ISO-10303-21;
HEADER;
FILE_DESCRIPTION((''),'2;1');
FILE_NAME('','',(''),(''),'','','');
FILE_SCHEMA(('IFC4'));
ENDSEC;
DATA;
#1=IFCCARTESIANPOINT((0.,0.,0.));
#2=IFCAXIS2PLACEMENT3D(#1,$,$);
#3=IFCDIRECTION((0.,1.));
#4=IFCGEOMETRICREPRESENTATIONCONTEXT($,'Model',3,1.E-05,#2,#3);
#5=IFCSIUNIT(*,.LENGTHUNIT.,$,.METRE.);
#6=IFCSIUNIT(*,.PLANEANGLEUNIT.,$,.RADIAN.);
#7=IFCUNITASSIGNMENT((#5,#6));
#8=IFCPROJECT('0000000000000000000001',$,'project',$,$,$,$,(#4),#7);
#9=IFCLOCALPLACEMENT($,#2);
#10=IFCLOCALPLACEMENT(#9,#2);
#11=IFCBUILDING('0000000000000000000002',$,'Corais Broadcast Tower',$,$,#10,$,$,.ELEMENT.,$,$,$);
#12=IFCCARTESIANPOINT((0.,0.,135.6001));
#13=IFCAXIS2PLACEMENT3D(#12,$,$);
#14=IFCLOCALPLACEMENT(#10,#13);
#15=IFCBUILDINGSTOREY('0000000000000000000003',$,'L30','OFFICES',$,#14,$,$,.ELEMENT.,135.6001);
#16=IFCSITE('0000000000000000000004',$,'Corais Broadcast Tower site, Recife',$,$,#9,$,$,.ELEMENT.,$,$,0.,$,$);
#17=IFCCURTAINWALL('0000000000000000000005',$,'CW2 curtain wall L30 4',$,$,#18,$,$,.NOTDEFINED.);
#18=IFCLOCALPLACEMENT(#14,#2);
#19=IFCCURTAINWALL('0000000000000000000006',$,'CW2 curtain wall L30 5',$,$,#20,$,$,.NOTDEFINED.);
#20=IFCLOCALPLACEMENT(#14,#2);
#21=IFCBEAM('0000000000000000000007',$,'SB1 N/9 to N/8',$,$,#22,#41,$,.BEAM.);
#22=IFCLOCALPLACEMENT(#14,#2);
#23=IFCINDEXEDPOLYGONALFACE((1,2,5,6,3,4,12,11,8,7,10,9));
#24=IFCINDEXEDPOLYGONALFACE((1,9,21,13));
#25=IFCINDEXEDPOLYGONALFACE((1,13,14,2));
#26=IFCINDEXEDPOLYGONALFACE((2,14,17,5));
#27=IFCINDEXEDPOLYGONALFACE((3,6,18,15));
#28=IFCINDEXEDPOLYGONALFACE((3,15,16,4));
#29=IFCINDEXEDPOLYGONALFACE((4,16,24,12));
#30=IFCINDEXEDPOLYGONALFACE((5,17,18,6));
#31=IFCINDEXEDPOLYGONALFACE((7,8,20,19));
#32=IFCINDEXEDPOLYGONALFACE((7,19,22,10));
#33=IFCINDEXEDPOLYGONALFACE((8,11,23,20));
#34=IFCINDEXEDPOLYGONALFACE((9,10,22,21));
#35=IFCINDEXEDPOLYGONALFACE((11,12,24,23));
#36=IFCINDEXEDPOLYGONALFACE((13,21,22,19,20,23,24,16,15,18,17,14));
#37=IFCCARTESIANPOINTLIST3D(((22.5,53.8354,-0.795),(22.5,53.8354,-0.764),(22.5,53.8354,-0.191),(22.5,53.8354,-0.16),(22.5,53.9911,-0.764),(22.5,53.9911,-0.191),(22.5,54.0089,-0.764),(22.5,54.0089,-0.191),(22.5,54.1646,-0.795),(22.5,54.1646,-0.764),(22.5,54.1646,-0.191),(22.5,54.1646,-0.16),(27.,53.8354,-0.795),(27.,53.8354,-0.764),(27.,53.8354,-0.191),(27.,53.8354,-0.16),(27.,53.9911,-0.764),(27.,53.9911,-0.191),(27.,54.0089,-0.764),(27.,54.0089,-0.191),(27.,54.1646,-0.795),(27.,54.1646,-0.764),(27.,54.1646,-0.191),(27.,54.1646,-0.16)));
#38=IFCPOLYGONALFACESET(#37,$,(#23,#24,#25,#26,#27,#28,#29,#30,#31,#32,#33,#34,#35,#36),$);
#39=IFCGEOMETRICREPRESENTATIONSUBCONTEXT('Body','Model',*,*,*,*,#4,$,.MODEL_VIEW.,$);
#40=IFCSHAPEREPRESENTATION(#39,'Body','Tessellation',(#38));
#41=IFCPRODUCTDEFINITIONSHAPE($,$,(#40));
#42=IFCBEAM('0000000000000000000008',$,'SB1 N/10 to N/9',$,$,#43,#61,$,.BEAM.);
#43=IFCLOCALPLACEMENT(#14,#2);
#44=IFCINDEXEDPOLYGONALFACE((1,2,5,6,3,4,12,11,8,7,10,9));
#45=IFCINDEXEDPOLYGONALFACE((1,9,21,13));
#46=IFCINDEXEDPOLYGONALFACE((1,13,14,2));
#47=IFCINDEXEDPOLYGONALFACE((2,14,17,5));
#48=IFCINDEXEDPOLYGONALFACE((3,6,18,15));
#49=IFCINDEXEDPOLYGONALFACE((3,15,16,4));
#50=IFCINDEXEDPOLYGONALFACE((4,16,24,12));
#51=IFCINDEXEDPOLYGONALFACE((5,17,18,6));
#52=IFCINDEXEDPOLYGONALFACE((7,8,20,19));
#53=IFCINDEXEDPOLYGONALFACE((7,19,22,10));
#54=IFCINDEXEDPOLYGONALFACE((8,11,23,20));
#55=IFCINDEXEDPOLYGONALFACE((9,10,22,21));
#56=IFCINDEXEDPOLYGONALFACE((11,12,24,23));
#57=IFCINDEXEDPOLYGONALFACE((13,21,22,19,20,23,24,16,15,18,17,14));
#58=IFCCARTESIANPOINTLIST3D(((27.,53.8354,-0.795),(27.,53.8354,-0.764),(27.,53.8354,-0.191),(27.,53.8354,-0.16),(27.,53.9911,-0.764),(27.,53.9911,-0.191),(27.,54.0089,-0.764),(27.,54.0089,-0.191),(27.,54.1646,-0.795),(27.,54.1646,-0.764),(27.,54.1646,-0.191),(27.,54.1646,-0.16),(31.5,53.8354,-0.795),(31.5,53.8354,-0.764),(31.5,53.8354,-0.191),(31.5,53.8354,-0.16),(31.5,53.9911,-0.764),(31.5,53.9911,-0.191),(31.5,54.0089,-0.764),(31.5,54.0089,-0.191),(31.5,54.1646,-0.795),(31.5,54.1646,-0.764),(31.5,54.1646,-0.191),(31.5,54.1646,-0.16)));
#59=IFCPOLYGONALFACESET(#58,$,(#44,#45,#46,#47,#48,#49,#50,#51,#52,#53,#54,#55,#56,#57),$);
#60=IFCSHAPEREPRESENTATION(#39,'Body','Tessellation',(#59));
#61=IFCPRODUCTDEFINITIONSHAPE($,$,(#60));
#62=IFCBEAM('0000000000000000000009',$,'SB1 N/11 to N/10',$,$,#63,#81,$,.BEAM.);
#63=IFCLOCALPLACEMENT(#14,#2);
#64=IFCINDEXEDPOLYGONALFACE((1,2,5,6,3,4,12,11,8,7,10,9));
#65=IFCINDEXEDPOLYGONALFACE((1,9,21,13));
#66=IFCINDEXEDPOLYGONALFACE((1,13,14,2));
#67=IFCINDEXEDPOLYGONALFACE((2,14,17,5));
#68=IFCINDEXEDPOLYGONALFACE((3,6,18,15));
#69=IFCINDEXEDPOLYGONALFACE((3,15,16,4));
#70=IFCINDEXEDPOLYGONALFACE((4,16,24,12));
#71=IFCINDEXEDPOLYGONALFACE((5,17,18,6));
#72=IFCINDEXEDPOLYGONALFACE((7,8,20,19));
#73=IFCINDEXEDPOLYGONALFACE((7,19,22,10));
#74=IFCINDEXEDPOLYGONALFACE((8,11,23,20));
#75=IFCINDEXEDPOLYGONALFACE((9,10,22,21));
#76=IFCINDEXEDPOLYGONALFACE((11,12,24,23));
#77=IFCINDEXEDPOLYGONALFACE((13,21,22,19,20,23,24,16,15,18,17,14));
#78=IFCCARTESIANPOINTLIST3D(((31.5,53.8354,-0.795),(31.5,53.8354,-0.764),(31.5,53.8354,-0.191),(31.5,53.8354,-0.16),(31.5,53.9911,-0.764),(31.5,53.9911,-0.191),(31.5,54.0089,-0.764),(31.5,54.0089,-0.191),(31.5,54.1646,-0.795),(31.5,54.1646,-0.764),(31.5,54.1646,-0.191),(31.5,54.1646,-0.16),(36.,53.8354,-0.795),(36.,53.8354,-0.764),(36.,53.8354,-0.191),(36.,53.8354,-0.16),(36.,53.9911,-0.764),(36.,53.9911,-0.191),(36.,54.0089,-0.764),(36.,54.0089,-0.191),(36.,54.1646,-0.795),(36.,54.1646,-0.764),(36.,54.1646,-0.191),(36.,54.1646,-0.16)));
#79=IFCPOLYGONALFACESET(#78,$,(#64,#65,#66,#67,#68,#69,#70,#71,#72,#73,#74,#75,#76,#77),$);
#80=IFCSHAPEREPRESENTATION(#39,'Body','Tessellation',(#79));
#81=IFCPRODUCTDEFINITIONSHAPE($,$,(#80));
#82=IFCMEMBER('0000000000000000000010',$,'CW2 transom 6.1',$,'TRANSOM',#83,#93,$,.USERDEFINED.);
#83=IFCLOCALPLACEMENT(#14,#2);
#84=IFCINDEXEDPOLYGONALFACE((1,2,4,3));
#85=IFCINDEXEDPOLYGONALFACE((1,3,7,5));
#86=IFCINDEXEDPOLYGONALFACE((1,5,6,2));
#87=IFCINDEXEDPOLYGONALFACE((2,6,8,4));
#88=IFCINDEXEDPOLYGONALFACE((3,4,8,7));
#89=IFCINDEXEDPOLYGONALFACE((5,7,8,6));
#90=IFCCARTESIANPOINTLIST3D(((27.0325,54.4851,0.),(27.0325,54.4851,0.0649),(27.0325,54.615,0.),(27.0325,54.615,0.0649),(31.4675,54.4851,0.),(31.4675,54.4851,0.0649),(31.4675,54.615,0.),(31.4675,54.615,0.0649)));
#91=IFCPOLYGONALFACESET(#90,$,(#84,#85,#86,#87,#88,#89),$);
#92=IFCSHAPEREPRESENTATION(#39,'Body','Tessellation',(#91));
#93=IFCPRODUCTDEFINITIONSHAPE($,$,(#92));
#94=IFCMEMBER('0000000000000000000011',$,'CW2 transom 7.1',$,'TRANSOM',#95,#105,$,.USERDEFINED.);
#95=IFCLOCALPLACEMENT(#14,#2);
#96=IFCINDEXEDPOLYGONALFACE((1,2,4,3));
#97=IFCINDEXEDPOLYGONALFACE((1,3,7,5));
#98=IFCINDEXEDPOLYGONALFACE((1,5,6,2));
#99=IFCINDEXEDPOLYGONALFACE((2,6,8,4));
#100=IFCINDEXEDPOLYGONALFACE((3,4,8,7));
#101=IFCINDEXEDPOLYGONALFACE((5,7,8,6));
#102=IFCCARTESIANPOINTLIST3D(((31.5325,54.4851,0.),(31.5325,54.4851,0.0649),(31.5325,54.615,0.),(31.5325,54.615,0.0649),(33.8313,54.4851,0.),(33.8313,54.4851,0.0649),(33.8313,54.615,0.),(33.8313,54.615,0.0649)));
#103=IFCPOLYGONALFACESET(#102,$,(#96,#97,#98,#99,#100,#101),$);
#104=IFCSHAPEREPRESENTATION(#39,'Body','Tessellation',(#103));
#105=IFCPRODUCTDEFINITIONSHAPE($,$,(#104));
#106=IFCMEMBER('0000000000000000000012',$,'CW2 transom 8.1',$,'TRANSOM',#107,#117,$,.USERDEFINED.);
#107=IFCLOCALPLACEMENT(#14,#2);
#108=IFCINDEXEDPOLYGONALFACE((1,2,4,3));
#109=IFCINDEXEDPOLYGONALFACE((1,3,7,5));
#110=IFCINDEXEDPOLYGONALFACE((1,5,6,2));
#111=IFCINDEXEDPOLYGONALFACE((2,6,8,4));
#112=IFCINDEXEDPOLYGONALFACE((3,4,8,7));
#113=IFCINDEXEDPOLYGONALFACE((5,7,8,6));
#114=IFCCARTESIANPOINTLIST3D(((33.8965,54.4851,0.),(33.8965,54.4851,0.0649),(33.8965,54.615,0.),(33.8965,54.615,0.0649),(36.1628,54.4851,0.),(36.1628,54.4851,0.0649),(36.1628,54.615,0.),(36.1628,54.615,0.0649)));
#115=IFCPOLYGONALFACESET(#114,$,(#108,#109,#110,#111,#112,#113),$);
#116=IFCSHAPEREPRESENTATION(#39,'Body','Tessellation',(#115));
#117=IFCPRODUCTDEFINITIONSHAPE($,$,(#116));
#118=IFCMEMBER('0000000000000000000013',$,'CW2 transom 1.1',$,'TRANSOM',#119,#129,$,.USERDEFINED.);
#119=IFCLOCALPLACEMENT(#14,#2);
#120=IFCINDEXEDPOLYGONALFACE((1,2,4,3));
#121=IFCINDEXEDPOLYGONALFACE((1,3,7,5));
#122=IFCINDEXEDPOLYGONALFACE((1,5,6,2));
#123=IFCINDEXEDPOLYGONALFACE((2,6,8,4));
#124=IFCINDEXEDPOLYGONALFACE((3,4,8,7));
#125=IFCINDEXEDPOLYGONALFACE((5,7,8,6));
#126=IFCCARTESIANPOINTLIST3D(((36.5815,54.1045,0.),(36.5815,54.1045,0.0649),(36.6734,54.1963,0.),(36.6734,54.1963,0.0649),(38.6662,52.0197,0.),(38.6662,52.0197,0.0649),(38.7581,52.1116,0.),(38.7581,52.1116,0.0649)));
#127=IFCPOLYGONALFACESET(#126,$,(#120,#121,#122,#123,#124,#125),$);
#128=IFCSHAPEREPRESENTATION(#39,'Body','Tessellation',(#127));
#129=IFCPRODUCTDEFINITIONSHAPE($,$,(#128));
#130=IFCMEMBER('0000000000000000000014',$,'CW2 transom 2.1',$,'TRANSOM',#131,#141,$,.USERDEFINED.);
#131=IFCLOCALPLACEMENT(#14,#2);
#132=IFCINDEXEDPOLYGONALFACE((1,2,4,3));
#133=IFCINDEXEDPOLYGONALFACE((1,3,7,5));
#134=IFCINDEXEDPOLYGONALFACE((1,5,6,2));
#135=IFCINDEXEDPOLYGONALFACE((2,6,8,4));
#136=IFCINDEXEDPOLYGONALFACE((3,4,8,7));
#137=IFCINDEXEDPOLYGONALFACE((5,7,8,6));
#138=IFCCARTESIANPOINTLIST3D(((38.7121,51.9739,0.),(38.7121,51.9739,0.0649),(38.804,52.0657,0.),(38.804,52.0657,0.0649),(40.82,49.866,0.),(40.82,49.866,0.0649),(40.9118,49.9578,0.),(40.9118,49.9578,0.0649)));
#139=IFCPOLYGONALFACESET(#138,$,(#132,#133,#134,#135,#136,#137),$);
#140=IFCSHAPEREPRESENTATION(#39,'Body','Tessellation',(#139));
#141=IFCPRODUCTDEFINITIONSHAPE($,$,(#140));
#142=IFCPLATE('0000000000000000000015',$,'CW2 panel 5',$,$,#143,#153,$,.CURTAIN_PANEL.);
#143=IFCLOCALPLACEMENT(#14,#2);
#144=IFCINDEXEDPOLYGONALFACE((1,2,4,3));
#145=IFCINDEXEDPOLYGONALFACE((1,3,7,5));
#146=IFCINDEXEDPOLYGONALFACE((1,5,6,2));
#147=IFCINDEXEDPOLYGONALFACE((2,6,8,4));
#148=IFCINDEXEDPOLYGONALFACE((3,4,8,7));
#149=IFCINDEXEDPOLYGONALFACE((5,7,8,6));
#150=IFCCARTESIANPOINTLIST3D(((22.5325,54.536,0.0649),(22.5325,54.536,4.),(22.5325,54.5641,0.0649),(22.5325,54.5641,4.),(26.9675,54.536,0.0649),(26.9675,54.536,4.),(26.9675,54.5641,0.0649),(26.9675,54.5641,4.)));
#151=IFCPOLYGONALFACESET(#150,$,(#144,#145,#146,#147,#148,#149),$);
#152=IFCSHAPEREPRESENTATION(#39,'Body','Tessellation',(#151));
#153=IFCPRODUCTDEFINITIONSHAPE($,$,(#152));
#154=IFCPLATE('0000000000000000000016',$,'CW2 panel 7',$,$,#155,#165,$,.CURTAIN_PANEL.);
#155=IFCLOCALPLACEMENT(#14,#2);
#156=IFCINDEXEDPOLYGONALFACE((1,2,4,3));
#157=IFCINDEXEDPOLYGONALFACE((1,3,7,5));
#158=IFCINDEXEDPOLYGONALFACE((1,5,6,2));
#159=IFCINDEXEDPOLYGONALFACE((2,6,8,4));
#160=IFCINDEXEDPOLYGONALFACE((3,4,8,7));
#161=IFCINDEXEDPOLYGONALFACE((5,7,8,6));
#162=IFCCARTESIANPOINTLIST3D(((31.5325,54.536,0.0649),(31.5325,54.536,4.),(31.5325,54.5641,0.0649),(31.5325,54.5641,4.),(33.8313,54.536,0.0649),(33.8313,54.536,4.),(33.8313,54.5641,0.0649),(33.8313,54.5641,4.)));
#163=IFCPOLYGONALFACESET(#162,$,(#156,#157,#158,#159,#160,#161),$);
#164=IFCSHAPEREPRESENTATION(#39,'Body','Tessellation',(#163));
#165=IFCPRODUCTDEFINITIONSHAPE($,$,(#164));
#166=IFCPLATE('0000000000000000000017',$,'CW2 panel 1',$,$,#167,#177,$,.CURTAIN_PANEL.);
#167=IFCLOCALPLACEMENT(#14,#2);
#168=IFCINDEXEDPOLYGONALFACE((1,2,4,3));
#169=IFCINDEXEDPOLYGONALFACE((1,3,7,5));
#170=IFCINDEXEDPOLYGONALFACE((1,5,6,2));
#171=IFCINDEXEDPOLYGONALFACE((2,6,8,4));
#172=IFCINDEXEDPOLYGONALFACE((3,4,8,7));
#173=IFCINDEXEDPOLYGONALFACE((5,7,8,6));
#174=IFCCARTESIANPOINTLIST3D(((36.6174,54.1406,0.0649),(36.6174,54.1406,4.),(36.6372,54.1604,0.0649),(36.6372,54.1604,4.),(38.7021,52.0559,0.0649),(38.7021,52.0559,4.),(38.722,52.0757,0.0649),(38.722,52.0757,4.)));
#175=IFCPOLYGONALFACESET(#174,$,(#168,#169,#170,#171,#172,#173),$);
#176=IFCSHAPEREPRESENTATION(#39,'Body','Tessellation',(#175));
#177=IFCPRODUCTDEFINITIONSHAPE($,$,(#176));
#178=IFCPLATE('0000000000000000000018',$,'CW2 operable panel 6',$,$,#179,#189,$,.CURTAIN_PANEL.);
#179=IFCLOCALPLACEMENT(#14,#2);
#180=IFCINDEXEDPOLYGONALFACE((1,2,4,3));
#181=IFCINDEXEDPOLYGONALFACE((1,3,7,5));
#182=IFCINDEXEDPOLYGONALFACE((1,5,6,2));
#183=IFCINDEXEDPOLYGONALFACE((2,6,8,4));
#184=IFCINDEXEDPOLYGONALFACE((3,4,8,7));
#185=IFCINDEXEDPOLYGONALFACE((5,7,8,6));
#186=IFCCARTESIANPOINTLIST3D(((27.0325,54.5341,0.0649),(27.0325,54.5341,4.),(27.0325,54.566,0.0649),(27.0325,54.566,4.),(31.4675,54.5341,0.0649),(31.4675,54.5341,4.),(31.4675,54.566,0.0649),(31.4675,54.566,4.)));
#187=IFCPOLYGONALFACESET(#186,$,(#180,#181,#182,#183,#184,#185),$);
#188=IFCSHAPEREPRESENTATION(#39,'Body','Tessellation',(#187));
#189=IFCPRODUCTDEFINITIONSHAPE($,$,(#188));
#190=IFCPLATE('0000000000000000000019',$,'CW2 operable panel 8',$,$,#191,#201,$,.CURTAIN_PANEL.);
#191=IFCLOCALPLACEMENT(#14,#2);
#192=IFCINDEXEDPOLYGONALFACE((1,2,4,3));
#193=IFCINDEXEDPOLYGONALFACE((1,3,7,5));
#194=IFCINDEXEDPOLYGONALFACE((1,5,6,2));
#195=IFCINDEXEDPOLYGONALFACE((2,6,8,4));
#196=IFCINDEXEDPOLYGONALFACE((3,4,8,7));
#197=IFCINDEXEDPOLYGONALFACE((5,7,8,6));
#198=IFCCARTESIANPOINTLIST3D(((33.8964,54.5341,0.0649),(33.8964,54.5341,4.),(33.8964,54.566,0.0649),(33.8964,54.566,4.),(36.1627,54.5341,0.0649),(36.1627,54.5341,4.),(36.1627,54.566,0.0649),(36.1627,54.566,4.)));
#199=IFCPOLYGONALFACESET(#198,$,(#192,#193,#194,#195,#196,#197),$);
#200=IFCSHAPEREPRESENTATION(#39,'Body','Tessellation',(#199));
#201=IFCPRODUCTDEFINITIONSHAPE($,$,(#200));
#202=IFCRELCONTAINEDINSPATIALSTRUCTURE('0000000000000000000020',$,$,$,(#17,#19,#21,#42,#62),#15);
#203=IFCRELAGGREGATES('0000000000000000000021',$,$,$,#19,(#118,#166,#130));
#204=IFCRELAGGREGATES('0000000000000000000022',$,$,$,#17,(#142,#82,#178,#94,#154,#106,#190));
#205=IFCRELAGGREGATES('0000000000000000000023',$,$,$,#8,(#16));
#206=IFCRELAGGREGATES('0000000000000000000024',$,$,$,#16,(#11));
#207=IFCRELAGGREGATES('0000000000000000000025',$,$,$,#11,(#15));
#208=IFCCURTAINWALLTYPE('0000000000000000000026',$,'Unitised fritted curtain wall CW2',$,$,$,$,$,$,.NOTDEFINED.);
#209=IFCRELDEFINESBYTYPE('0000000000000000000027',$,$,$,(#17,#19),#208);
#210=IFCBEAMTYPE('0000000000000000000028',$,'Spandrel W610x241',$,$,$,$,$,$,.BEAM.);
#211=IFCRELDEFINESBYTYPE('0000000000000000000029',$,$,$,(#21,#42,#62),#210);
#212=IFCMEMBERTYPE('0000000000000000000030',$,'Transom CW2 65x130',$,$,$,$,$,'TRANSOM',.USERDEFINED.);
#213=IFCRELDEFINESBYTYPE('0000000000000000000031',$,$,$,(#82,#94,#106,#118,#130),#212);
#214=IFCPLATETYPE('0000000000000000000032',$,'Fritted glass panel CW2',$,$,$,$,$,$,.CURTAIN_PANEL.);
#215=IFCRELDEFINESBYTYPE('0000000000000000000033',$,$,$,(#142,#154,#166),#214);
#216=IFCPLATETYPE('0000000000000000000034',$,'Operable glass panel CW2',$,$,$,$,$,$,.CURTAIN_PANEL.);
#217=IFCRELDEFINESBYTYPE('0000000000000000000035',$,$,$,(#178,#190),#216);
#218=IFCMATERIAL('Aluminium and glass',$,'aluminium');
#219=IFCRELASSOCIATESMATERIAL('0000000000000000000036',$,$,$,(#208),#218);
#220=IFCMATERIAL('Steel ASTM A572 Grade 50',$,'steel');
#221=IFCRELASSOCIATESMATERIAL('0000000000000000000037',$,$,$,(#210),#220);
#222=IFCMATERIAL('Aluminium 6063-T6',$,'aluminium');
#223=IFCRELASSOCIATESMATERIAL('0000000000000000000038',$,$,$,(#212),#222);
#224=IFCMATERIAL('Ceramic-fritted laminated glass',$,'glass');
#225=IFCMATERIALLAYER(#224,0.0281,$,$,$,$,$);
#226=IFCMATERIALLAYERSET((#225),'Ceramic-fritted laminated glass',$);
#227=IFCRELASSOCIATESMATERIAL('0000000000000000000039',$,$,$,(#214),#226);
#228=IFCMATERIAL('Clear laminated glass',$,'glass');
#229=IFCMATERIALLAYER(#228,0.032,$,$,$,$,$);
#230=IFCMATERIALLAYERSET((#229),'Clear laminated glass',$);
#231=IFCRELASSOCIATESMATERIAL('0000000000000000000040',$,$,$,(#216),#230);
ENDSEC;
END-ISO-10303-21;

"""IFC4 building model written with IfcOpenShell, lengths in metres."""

from ifc_helpers import new_model, si_unit, direction, frame, origin, origin_2d, place, context, subcontext, project, spatial, rectangle, i_section, extrude, material, layer, layer_set, material_profile, profile_set, type_object, element, aggregate, save


model = new_model("IFC4")

# Units and contexts
model_context = context("Model", 3, precision=1e-05, world=origin(), true_north=direction((0.0, 1.0)))
body_context = subcontext(model_context, "Body", "Model", "MODEL_VIEW")
ifc_project = project(units=[si_unit("LENGTHUNIT", "METRE"), si_unit("PLANEANGLEUNIT", "RADIAN")], contexts=[model_context])

# Site, building, storey
site_placement = place(None, origin())
site = spatial("IfcSite", under=ifc_project, at=site_placement, Name="Corais Broadcast Tower site, Recife", CompositionType="ELEMENT", RefElevation=0.0)
building_placement = place(site_placement, origin())
building = spatial("IfcBuilding", under=site, at=building_placement, Name="Corais Broadcast Tower", CompositionType="ELEMENT")
storey_placement = place(building_placement, frame((0.0, 0.0, 135.6001)))
storey = spatial("IfcBuildingStorey", under=building, at=storey_placement, Name="L30", Description="OFFICES", CompositionType="ELEMENT", Elevation=135.6001)

# Curtain walls
ifc_material_1 = material(Name="Aluminium and glass", Category="aluminium")
curtain_wall_type = type_object("IfcCurtainWallType", Name="Unitised fritted curtain wall CW2", PredefinedType="NOTDEFINED", material=ifc_material_1)
curtain_wall_1_placement = place(storey_placement, origin())
curtain_wall_1 = element("IfcCurtainWall", 1, at=curtain_wall_1_placement, inside=storey, type_object=curtain_wall_type, Name="CW2 curtain wall L30 4", PredefinedType="NOTDEFINED")
curtain_wall_2_placement = place(storey_placement, origin())
curtain_wall_2 = element("IfcCurtainWall", 2, at=curtain_wall_2_placement, inside=storey, type_object=curtain_wall_type, Name="CW2 curtain wall L30 5", PredefinedType="NOTDEFINED")

# Beams
ifc_material_2 = material(Name="Steel ASTM A572 Grade 50", Category="steel")
ifc_material_profile_1 = material_profile(ifc_material_2, i_section(OverallWidth=0.3291, OverallDepth=0.635, WebThickness=0.0178, FlangeThickness=0.031, at=origin_2d()), Name="W610x241")
ifc_profile_set_1 = profile_set([ifc_material_profile_1], Name="Steel ASTM A572 Grade 50")
beam_type_1 = type_object("IfcBeamType", Name="Spandrel W610x241", PredefinedType="BEAM", material=ifc_profile_set_1)
for number, where, z_axis, x_axis, name in (
    (3, (27.0, 54.0, -0.4775), (-1.0, 0.0, 0.0), (0.0, -1.0, 0.0), "SB1 N/9 to N/8"),
    (4, (31.5, 54.0, -0.4775), (-1.0, 0.0, 0.0), (0.0, -1.0, 0.0), "SB1 N/10 to N/9"),
    (5, (36.0, 54.0, -0.4775), (-1.0, 0.0, 0.0), (0.0, -1.0, 0.0), "SB1 N/11 to N/10"),
):
    element("IfcBeam", number, at=place(storey_placement, frame(where, z_axis=z_axis, x_axis=x_axis)), inside=storey, type_object=beam_type_1, Name=name, PredefinedType="BEAM", context=body_context, shape_type="SweptSolid", body=[
        extrude(i_section(OverallWidth=0.3291, OverallDepth=0.635, WebThickness=0.0178, FlangeThickness=0.031, at=origin_2d()), origin(), (0.0, 0.0, 1.0), 4.5),
    ])

# Members
ifc_material_3 = material(Name="Aluminium 6063-T6", Category="aluminium")
ifc_material_profile_2 = material_profile(ifc_material_3, rectangle(XDim=0.1299, YDim=0.0649, at=origin_2d()), Name="Transom CW2 65x130")
ifc_profile_set_2 = profile_set([ifc_material_profile_2], Name="Aluminium 6063-T6")
member_type_1 = type_object("IfcMemberType", Name="Transom CW2 65x130", ElementType="TRANSOM", PredefinedType="USERDEFINED", material=ifc_profile_set_2)
member_1_placement = place(storey_placement, frame((27.0325, 54.55, 0.0325), z_axis=(1.0, 0.0, 0.0), x_axis=(0.0, 1.0, 0.0)))
member_1 = element("IfcMember", 6, at=member_1_placement, type_object=member_type_1, Name="CW2 transom 6.1", ObjectType="TRANSOM", PredefinedType="USERDEFINED", context=body_context, shape_type="SweptSolid", body=[
    extrude(rectangle(XDim=0.1299, YDim=0.0649, at=origin_2d()), origin(), (0.0, 0.0, 1.0), 4.4351),
])
member_2_placement = place(storey_placement, frame((31.5325, 54.55, 0.0325), z_axis=(1.0, 0.0, 0.0), x_axis=(0.0, 1.0, 0.0)))
member_2 = element("IfcMember", 7, at=member_2_placement, type_object=member_type_1, Name="CW2 transom 7.1", ObjectType="TRANSOM", PredefinedType="USERDEFINED", context=body_context, shape_type="SweptSolid", body=[
    extrude(rectangle(XDim=0.1299, YDim=0.0649, at=origin_2d()), origin(), (0.0, 0.0, 1.0), 2.2988),
])
member_3_placement = place(storey_placement, frame((33.8965, 54.55, 0.0325), z_axis=(1.0, 0.0, 0.0), x_axis=(0.0, 1.0, 0.0)))
member_3 = element("IfcMember", 8, at=member_3_placement, type_object=member_type_1, Name="CW2 transom 8.1", ObjectType="TRANSOM", PredefinedType="USERDEFINED", context=body_context, shape_type="SweptSolid", body=[
    extrude(rectangle(XDim=0.1299, YDim=0.0649, at=origin_2d()), origin(), (0.0, 0.0, 1.0), 2.2664),
])
member_4_placement = place(storey_placement, frame((36.6274, 54.1504, 0.0325), z_axis=(0.707107, -0.707107, 0.0), x_axis=(0.707107, 0.707107, 0.0)))
member_4 = element("IfcMember", 9, at=member_4_placement, type_object=member_type_1, Name="CW2 transom 1.1", ObjectType="TRANSOM", PredefinedType="USERDEFINED", context=body_context, shape_type="SweptSolid", body=[
    extrude(rectangle(XDim=0.1299, YDim=0.0649, at=origin_2d()), origin(), (0.0, 0.0, 1.0), 2.9482),
])
member_5_placement = place(storey_placement, frame((38.7581, 52.0198, 0.0325), z_axis=(0.707107, -0.707107, 0.0), x_axis=(0.707107, 0.707107, 0.0)))
member_5 = element("IfcMember", 10, at=member_5_placement, type_object=member_type_1, Name="CW2 transom 2.1", ObjectType="TRANSOM", PredefinedType="USERDEFINED", context=body_context, shape_type="SweptSolid", body=[
    extrude(rectangle(XDim=0.1299, YDim=0.0649, at=origin_2d()), origin(), (0.0, 0.0, 1.0), 2.981),
])

# Plates
ifc_material_4 = material(Name="Ceramic-fritted laminated glass", Category="glass")
ifc_layer_1 = layer(ifc_material_4, 0.0281)
ifc_layer_set_1 = layer_set([ifc_layer_1], Name="Ceramic-fritted laminated glass")
plate_type_1 = type_object("IfcPlateType", Name="Fritted glass panel CW2", PredefinedType="CURTAIN_PANEL", material=ifc_layer_set_1)
plate_1_placement = place(storey_placement, frame((24.75, 54.55, 0.0649), z_axis=(0.0, 0.0, 1.0), x_axis=(1.0, 0.0, 0.0)))
plate_1 = element("IfcPlate", 11, at=plate_1_placement, type_object=plate_type_1, Name="CW2 panel 5", PredefinedType="CURTAIN_PANEL", context=body_context, shape_type="SweptSolid", body=[
    extrude(rectangle(XDim=4.4351, YDim=0.0281, at=origin_2d()), origin(), (0.0, 0.0, 1.0), 3.9351),
])
plate_2_placement = place(storey_placement, frame((32.6819, 54.55, 0.0649), z_axis=(0.0, 0.0, 1.0), x_axis=(1.0, 0.0, 0.0)))
plate_2 = element("IfcPlate", 12, at=plate_2_placement, type_object=plate_type_1, Name="CW2 panel 7", PredefinedType="CURTAIN_PANEL", context=body_context, shape_type="SweptSolid", body=[
    extrude(rectangle(XDim=2.2988, YDim=0.0281, at=origin_2d()), origin(), (0.0, 0.0, 1.0), 3.9351),
])
plate_3_placement = place(storey_placement, frame((37.6697, 53.1082, 0.0649), z_axis=(0.0, 0.0, 1.0), x_axis=(0.707107, -0.707107, 0.0)))
plate_3 = element("IfcPlate", 13, at=plate_3_placement, type_object=plate_type_1, Name="CW2 panel 1", PredefinedType="CURTAIN_PANEL", context=body_context, shape_type="SweptSolid", body=[
    extrude(rectangle(XDim=2.9482, YDim=0.0281, at=origin_2d()), origin(), (0.0, 0.0, 1.0), 3.9351),
])
aggregate(curtain_wall_2, [member_4, plate_3, member_5])
ifc_material_5 = material(Name="Clear laminated glass", Category="glass")
ifc_layer_2 = layer(ifc_material_5, 0.032)
ifc_layer_set_2 = layer_set([ifc_layer_2], Name="Clear laminated glass")
plate_type_2 = type_object("IfcPlateType", Name="Operable glass panel CW2", PredefinedType="CURTAIN_PANEL", material=ifc_layer_set_2)
plate_4_placement = place(storey_placement, frame((29.25, 54.55, 0.0649), z_axis=(0.0, 0.0, 1.0), x_axis=(1.0, 0.0, 0.0)))
plate_4 = element("IfcPlate", 14, at=plate_4_placement, type_object=plate_type_2, Name="CW2 operable panel 6", PredefinedType="CURTAIN_PANEL", context=body_context, shape_type="SweptSolid", body=[
    extrude(rectangle(XDim=4.4351, YDim=0.032, at=origin_2d()), origin(), (0.0, 0.0, 1.0), 3.9351),
])
plate_5_placement = place(storey_placement, frame((35.0295, 54.55, 0.0649), z_axis=(0.0, 0.0, 1.0), x_axis=(1.0, 0.0, 0.0)))
plate_5 = element("IfcPlate", 15, at=plate_5_placement, type_object=plate_type_2, Name="CW2 operable panel 8", PredefinedType="CURTAIN_PANEL", context=body_context, shape_type="SweptSolid", body=[
    extrude(rectangle(XDim=2.2664, YDim=0.032, at=origin_2d()), origin(), (0.0, 0.0, 1.0), 3.9351),
])
aggregate(curtain_wall_1, [plate_1, member_1, plate_4, member_2, plate_2, member_3, plate_5])

save(model, "model.ifc")
